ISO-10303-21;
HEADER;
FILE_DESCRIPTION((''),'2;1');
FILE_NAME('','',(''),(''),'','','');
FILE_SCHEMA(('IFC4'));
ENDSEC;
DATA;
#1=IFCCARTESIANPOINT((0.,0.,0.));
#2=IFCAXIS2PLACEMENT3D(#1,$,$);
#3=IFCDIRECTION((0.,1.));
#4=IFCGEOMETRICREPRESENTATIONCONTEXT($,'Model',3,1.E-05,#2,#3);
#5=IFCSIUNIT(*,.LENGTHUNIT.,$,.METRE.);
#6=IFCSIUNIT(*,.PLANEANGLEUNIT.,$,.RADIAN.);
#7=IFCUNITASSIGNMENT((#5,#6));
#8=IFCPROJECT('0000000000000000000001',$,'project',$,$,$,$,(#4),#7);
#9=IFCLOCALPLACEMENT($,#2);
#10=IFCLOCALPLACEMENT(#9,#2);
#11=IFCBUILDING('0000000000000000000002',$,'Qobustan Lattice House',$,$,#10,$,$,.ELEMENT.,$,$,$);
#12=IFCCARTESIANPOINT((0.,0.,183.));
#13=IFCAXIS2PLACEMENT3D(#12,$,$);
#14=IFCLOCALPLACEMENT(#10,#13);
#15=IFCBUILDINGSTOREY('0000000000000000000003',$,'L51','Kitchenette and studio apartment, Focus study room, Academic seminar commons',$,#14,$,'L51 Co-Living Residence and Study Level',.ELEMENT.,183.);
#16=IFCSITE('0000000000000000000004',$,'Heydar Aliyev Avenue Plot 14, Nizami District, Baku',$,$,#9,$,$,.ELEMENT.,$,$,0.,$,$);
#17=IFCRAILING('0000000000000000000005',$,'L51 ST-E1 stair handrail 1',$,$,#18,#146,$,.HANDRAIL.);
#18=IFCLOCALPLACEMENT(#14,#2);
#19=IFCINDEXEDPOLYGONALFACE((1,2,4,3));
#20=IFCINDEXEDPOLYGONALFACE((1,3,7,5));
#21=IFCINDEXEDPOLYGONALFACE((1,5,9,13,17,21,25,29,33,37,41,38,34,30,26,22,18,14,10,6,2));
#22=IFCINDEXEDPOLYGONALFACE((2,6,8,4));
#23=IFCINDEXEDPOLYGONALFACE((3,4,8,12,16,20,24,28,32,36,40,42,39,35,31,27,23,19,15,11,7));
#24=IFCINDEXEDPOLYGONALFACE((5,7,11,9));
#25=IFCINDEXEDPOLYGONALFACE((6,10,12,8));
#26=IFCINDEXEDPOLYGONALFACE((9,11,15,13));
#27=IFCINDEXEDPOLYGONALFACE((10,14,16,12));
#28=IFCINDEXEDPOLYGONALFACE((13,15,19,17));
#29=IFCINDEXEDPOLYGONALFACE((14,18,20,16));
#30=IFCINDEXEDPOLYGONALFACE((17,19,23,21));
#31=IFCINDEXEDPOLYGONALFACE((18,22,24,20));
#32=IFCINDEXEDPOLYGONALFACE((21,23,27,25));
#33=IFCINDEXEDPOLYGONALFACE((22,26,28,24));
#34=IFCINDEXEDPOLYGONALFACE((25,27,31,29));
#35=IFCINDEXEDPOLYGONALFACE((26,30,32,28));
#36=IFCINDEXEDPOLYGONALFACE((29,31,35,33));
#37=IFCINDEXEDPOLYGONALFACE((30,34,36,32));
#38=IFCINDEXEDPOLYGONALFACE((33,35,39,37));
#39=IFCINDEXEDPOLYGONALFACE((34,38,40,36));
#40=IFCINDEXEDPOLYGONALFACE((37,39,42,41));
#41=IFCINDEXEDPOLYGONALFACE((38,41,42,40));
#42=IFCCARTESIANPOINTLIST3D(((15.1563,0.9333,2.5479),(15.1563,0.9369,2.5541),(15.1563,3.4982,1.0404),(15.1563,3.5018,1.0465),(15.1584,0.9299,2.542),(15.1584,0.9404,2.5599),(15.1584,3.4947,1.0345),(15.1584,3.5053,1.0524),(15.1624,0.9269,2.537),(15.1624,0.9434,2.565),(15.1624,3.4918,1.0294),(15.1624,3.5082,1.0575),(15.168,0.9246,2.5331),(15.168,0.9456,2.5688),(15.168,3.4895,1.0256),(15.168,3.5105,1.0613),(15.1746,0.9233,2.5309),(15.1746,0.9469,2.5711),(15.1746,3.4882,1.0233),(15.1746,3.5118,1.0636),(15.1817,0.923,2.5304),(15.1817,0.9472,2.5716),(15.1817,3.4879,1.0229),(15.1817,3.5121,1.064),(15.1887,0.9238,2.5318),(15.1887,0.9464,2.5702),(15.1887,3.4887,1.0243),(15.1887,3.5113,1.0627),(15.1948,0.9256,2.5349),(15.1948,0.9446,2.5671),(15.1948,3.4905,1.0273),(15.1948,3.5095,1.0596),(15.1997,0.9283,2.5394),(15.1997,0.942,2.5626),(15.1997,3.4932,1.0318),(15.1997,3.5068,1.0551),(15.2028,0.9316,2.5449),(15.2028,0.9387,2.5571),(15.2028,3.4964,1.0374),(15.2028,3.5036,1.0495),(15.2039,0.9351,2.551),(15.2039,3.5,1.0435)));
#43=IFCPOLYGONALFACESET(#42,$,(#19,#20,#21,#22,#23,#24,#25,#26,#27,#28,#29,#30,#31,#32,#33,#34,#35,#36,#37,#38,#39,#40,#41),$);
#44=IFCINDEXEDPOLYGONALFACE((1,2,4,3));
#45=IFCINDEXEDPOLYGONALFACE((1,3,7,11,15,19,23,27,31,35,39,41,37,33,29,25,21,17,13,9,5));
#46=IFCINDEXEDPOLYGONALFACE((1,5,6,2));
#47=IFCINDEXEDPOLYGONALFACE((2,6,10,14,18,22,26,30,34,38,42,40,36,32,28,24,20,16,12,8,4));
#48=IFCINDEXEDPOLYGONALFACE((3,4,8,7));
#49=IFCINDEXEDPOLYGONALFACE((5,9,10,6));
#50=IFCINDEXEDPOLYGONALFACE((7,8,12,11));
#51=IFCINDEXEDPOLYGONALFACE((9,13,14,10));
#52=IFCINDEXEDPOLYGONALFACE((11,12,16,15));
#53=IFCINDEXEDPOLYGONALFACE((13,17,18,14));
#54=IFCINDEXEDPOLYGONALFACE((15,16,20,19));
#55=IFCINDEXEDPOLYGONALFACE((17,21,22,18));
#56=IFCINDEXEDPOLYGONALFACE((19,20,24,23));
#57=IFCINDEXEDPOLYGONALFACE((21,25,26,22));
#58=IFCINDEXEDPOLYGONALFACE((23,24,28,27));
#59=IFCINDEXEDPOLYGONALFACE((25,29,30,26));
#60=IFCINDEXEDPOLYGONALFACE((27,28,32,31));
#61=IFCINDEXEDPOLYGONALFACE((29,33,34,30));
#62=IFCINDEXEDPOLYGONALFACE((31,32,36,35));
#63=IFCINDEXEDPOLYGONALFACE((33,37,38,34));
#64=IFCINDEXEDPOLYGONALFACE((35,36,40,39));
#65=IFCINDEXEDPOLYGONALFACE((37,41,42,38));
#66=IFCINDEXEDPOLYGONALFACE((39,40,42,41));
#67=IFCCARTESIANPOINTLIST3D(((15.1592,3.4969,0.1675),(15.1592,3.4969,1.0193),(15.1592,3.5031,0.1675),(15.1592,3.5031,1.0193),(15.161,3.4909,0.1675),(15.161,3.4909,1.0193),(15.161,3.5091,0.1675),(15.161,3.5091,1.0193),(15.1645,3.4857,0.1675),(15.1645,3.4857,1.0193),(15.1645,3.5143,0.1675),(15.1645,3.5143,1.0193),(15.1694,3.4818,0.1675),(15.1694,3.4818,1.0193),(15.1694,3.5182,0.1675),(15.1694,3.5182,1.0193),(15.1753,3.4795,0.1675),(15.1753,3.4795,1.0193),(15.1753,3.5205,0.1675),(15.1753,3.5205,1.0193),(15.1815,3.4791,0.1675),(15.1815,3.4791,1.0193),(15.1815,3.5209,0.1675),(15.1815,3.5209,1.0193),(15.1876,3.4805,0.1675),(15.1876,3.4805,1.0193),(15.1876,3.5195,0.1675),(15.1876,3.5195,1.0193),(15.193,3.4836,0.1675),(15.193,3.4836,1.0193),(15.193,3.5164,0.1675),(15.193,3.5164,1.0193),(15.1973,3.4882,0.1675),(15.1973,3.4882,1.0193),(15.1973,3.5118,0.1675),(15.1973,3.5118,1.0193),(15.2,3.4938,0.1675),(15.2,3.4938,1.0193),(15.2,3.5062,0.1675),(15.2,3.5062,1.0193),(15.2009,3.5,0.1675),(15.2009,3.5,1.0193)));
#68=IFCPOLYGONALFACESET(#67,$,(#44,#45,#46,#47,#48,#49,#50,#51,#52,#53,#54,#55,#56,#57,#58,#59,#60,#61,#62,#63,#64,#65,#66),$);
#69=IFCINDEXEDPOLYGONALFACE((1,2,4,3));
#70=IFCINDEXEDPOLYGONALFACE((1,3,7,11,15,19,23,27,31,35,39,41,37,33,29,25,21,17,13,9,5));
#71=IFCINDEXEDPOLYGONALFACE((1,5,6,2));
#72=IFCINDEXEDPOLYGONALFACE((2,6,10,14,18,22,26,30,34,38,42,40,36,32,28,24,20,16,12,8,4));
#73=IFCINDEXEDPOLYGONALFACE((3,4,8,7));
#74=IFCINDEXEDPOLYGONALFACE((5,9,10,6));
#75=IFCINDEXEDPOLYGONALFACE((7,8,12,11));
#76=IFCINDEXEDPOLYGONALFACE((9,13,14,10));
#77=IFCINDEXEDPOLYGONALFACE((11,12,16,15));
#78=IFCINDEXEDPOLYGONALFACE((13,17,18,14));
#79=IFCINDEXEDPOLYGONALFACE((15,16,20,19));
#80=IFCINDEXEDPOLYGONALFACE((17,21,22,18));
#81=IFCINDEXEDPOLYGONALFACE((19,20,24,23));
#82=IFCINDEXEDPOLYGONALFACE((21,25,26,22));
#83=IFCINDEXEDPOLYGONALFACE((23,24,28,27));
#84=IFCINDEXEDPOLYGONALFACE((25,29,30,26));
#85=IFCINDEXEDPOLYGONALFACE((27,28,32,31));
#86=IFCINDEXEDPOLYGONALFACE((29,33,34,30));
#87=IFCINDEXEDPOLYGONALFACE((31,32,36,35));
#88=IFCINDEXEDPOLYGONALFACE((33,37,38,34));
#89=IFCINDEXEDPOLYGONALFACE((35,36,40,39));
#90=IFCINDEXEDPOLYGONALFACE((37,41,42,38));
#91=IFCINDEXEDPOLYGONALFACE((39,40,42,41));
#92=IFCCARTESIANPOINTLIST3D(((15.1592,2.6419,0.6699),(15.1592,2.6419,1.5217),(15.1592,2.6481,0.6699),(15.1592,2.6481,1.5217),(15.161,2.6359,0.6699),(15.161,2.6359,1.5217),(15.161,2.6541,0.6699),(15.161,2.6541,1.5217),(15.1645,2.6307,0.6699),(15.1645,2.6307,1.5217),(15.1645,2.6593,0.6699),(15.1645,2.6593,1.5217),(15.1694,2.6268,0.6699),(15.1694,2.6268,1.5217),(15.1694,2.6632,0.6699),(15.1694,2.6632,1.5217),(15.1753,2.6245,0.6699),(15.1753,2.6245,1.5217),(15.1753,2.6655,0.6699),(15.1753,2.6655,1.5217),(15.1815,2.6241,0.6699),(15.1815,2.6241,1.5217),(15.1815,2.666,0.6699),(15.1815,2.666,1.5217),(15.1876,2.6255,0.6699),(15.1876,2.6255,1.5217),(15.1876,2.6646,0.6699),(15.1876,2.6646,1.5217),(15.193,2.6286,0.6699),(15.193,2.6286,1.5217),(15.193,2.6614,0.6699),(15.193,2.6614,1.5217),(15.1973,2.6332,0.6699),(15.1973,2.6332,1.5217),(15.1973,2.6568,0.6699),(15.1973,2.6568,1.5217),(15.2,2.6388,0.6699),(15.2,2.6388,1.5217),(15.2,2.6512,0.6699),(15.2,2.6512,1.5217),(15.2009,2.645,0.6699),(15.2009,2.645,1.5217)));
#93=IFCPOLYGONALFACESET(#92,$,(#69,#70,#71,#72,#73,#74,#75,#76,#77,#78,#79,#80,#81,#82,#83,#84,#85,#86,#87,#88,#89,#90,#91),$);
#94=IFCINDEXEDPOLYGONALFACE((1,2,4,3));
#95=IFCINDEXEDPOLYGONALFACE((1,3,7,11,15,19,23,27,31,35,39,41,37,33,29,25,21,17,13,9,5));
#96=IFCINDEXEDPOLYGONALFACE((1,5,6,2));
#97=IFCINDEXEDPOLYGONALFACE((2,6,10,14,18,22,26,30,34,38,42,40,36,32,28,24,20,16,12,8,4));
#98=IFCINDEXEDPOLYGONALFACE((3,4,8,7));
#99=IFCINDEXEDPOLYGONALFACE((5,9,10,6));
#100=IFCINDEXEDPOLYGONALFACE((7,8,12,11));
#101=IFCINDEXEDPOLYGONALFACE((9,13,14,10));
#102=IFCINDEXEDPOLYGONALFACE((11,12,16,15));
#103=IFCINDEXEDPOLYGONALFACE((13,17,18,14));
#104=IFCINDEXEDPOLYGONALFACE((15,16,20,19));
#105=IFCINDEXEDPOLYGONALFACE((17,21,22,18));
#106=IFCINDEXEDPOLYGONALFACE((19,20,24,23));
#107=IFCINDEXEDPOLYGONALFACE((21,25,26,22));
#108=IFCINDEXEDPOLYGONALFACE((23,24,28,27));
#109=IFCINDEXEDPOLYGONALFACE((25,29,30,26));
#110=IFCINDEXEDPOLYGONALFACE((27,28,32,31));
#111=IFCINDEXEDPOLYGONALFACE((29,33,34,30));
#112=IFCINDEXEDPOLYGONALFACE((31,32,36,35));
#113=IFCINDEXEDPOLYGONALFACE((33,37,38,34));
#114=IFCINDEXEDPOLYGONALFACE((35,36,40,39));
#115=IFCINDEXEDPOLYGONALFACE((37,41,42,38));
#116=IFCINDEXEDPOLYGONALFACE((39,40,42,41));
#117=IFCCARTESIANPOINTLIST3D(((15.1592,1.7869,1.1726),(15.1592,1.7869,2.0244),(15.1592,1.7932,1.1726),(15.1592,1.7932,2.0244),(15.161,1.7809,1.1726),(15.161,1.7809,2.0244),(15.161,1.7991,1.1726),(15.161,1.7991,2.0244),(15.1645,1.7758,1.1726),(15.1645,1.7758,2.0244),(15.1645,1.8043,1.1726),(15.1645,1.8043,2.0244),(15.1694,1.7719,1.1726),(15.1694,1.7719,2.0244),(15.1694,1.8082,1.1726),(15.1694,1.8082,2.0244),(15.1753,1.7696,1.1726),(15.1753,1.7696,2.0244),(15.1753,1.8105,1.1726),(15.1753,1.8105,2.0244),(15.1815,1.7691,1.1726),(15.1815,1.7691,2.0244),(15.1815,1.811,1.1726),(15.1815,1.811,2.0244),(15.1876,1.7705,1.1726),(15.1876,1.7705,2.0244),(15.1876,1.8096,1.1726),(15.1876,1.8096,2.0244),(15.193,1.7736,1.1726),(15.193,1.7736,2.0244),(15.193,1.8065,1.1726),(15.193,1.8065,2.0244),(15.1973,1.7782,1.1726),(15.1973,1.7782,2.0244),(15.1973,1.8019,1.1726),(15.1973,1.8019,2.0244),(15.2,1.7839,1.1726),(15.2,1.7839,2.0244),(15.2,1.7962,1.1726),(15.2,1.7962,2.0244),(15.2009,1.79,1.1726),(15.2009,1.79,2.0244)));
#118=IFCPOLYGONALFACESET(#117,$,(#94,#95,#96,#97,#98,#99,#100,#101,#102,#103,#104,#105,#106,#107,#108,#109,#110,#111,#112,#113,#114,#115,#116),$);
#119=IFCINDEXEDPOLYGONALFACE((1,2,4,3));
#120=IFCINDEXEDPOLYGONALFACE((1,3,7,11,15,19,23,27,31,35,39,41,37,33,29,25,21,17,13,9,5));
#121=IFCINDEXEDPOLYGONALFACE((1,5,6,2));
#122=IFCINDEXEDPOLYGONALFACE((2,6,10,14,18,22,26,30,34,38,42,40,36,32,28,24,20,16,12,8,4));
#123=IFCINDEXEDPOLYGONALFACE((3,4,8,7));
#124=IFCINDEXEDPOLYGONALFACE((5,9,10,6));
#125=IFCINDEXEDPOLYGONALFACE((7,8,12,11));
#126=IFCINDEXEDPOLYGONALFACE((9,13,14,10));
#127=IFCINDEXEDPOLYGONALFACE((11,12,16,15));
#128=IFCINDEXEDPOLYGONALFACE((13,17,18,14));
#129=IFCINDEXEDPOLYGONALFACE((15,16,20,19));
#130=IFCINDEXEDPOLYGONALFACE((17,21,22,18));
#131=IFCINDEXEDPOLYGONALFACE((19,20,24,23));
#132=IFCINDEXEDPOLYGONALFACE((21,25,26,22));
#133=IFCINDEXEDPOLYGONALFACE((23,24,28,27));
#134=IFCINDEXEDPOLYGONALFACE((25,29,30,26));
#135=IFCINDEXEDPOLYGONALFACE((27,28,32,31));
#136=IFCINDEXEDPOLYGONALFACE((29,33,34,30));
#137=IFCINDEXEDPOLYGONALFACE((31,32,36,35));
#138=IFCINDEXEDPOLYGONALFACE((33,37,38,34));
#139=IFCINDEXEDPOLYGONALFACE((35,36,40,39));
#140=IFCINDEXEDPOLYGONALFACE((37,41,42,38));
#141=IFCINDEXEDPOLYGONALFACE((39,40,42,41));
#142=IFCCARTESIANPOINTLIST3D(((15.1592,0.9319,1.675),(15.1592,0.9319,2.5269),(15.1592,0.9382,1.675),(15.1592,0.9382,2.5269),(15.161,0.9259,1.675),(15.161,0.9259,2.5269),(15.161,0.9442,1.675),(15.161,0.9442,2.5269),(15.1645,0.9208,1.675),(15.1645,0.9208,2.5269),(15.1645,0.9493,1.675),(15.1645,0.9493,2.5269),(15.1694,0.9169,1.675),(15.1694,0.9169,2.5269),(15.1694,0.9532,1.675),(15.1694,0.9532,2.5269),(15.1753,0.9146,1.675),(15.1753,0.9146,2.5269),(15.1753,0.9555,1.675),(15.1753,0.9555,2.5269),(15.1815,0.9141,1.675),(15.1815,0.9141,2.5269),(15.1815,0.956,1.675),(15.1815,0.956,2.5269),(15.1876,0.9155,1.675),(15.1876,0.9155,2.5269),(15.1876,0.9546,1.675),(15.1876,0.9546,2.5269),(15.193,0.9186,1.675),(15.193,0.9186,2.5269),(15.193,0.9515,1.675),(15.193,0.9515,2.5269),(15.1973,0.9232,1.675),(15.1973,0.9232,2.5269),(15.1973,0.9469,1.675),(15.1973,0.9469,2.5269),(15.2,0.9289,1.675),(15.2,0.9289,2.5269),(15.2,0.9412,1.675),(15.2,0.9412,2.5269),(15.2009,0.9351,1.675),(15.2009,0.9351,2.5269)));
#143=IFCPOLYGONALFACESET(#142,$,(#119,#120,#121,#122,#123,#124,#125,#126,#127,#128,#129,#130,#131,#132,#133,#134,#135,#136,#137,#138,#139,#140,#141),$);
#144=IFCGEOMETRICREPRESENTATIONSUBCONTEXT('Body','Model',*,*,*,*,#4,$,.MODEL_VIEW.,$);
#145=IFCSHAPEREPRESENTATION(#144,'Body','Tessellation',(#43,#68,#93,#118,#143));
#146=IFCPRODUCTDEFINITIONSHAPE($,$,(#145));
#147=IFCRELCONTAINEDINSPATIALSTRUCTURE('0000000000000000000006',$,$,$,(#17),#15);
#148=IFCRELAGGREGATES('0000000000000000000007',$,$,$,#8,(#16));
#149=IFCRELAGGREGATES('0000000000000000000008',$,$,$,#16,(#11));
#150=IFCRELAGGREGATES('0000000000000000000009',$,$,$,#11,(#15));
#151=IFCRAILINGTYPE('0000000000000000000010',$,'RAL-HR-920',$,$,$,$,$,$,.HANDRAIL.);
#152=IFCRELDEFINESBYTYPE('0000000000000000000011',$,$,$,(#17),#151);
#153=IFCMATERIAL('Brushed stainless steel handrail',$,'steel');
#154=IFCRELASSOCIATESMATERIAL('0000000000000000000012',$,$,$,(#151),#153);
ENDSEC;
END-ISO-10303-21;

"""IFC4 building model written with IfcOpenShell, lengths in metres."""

from ifc_helpers import new_model, si_unit, direction, frame, origin, origin_2d, place, context, subcontext, project, spatial, circle, extrude, material, type_object, element, save


model = new_model("IFC4")

# Units and contexts
model_context = context("Model", 3, precision=1e-05, world=origin(), true_north=direction((0.0, 1.0)))
body_context = subcontext(model_context, "Body", "Model", "MODEL_VIEW")
ifc_project = project(units=[si_unit("LENGTHUNIT", "METRE"), si_unit("PLANEANGLEUNIT", "RADIAN")], contexts=[model_context])

# Site, building, storey
site_placement = place(None, origin())
site = spatial("IfcSite", under=ifc_project, at=site_placement, Name="Heydar Aliyev Avenue Plot 14, Nizami District, Baku", CompositionType="ELEMENT", RefElevation=0.0)
building_placement = place(site_placement, origin())
building = spatial("IfcBuilding", under=site, at=building_placement, Name="Qobustan Lattice House", CompositionType="ELEMENT")
storey_placement = place(building_placement, frame((0.0, 0.0, 183.0)))
storey = spatial("IfcBuildingStorey", under=building, at=storey_placement, Name="L51", Description="Kitchenette and studio apartment, Focus study room, Academic seminar commons", LongName="L51 Co-Living Residence and Study Level", CompositionType="ELEMENT", Elevation=183.0)

# Railing
ifc_material_1 = material(Name="Brushed stainless steel handrail", Category="steel")
railing_type_1 = type_object("IfcRailingType", Name="RAL-HR-920", PredefinedType="HANDRAIL", material=ifc_material_1)
railing_1_placement = place(storey_placement, frame((15.1799, 3.5, 0.1675)))
element("IfcRailing", 1, at=railing_1_placement, inside=storey, type_object=railing_type_1, Name="L51 ST-E1 stair handrail 1", PredefinedType="HANDRAIL", context=body_context, shape_type="SweptSolid", body=[
    extrude(circle(Radius=0.0239, at=origin_2d()), frame((0.0, 0.0, 0.876), z_axis=(0.0, -0.862113, 0.506715), x_axis=(1.0, 0.0, 0.0)), (0.0, 0.0, 1.0), 2.9751),
    extrude(circle(Radius=0.021, at=origin_2d()), origin(), (0.0, 0.0, 1.0), 0.8518),
    extrude(circle(Radius=0.021, at=origin_2d()), frame((0.0, -0.855, 0.5024)), (0.0, 0.0, 1.0), 0.8518),
    extrude(circle(Radius=0.021, at=origin_2d()), frame((0.0, -1.71, 1.0051)), (0.0, 0.0, 1.0), 0.8518),
    extrude(circle(Radius=0.021, at=origin_2d()), frame((0.0, -2.5649, 1.5076)), (0.0, 0.0, 1.0), 0.8518),
])

save(model, "model.ifc")
